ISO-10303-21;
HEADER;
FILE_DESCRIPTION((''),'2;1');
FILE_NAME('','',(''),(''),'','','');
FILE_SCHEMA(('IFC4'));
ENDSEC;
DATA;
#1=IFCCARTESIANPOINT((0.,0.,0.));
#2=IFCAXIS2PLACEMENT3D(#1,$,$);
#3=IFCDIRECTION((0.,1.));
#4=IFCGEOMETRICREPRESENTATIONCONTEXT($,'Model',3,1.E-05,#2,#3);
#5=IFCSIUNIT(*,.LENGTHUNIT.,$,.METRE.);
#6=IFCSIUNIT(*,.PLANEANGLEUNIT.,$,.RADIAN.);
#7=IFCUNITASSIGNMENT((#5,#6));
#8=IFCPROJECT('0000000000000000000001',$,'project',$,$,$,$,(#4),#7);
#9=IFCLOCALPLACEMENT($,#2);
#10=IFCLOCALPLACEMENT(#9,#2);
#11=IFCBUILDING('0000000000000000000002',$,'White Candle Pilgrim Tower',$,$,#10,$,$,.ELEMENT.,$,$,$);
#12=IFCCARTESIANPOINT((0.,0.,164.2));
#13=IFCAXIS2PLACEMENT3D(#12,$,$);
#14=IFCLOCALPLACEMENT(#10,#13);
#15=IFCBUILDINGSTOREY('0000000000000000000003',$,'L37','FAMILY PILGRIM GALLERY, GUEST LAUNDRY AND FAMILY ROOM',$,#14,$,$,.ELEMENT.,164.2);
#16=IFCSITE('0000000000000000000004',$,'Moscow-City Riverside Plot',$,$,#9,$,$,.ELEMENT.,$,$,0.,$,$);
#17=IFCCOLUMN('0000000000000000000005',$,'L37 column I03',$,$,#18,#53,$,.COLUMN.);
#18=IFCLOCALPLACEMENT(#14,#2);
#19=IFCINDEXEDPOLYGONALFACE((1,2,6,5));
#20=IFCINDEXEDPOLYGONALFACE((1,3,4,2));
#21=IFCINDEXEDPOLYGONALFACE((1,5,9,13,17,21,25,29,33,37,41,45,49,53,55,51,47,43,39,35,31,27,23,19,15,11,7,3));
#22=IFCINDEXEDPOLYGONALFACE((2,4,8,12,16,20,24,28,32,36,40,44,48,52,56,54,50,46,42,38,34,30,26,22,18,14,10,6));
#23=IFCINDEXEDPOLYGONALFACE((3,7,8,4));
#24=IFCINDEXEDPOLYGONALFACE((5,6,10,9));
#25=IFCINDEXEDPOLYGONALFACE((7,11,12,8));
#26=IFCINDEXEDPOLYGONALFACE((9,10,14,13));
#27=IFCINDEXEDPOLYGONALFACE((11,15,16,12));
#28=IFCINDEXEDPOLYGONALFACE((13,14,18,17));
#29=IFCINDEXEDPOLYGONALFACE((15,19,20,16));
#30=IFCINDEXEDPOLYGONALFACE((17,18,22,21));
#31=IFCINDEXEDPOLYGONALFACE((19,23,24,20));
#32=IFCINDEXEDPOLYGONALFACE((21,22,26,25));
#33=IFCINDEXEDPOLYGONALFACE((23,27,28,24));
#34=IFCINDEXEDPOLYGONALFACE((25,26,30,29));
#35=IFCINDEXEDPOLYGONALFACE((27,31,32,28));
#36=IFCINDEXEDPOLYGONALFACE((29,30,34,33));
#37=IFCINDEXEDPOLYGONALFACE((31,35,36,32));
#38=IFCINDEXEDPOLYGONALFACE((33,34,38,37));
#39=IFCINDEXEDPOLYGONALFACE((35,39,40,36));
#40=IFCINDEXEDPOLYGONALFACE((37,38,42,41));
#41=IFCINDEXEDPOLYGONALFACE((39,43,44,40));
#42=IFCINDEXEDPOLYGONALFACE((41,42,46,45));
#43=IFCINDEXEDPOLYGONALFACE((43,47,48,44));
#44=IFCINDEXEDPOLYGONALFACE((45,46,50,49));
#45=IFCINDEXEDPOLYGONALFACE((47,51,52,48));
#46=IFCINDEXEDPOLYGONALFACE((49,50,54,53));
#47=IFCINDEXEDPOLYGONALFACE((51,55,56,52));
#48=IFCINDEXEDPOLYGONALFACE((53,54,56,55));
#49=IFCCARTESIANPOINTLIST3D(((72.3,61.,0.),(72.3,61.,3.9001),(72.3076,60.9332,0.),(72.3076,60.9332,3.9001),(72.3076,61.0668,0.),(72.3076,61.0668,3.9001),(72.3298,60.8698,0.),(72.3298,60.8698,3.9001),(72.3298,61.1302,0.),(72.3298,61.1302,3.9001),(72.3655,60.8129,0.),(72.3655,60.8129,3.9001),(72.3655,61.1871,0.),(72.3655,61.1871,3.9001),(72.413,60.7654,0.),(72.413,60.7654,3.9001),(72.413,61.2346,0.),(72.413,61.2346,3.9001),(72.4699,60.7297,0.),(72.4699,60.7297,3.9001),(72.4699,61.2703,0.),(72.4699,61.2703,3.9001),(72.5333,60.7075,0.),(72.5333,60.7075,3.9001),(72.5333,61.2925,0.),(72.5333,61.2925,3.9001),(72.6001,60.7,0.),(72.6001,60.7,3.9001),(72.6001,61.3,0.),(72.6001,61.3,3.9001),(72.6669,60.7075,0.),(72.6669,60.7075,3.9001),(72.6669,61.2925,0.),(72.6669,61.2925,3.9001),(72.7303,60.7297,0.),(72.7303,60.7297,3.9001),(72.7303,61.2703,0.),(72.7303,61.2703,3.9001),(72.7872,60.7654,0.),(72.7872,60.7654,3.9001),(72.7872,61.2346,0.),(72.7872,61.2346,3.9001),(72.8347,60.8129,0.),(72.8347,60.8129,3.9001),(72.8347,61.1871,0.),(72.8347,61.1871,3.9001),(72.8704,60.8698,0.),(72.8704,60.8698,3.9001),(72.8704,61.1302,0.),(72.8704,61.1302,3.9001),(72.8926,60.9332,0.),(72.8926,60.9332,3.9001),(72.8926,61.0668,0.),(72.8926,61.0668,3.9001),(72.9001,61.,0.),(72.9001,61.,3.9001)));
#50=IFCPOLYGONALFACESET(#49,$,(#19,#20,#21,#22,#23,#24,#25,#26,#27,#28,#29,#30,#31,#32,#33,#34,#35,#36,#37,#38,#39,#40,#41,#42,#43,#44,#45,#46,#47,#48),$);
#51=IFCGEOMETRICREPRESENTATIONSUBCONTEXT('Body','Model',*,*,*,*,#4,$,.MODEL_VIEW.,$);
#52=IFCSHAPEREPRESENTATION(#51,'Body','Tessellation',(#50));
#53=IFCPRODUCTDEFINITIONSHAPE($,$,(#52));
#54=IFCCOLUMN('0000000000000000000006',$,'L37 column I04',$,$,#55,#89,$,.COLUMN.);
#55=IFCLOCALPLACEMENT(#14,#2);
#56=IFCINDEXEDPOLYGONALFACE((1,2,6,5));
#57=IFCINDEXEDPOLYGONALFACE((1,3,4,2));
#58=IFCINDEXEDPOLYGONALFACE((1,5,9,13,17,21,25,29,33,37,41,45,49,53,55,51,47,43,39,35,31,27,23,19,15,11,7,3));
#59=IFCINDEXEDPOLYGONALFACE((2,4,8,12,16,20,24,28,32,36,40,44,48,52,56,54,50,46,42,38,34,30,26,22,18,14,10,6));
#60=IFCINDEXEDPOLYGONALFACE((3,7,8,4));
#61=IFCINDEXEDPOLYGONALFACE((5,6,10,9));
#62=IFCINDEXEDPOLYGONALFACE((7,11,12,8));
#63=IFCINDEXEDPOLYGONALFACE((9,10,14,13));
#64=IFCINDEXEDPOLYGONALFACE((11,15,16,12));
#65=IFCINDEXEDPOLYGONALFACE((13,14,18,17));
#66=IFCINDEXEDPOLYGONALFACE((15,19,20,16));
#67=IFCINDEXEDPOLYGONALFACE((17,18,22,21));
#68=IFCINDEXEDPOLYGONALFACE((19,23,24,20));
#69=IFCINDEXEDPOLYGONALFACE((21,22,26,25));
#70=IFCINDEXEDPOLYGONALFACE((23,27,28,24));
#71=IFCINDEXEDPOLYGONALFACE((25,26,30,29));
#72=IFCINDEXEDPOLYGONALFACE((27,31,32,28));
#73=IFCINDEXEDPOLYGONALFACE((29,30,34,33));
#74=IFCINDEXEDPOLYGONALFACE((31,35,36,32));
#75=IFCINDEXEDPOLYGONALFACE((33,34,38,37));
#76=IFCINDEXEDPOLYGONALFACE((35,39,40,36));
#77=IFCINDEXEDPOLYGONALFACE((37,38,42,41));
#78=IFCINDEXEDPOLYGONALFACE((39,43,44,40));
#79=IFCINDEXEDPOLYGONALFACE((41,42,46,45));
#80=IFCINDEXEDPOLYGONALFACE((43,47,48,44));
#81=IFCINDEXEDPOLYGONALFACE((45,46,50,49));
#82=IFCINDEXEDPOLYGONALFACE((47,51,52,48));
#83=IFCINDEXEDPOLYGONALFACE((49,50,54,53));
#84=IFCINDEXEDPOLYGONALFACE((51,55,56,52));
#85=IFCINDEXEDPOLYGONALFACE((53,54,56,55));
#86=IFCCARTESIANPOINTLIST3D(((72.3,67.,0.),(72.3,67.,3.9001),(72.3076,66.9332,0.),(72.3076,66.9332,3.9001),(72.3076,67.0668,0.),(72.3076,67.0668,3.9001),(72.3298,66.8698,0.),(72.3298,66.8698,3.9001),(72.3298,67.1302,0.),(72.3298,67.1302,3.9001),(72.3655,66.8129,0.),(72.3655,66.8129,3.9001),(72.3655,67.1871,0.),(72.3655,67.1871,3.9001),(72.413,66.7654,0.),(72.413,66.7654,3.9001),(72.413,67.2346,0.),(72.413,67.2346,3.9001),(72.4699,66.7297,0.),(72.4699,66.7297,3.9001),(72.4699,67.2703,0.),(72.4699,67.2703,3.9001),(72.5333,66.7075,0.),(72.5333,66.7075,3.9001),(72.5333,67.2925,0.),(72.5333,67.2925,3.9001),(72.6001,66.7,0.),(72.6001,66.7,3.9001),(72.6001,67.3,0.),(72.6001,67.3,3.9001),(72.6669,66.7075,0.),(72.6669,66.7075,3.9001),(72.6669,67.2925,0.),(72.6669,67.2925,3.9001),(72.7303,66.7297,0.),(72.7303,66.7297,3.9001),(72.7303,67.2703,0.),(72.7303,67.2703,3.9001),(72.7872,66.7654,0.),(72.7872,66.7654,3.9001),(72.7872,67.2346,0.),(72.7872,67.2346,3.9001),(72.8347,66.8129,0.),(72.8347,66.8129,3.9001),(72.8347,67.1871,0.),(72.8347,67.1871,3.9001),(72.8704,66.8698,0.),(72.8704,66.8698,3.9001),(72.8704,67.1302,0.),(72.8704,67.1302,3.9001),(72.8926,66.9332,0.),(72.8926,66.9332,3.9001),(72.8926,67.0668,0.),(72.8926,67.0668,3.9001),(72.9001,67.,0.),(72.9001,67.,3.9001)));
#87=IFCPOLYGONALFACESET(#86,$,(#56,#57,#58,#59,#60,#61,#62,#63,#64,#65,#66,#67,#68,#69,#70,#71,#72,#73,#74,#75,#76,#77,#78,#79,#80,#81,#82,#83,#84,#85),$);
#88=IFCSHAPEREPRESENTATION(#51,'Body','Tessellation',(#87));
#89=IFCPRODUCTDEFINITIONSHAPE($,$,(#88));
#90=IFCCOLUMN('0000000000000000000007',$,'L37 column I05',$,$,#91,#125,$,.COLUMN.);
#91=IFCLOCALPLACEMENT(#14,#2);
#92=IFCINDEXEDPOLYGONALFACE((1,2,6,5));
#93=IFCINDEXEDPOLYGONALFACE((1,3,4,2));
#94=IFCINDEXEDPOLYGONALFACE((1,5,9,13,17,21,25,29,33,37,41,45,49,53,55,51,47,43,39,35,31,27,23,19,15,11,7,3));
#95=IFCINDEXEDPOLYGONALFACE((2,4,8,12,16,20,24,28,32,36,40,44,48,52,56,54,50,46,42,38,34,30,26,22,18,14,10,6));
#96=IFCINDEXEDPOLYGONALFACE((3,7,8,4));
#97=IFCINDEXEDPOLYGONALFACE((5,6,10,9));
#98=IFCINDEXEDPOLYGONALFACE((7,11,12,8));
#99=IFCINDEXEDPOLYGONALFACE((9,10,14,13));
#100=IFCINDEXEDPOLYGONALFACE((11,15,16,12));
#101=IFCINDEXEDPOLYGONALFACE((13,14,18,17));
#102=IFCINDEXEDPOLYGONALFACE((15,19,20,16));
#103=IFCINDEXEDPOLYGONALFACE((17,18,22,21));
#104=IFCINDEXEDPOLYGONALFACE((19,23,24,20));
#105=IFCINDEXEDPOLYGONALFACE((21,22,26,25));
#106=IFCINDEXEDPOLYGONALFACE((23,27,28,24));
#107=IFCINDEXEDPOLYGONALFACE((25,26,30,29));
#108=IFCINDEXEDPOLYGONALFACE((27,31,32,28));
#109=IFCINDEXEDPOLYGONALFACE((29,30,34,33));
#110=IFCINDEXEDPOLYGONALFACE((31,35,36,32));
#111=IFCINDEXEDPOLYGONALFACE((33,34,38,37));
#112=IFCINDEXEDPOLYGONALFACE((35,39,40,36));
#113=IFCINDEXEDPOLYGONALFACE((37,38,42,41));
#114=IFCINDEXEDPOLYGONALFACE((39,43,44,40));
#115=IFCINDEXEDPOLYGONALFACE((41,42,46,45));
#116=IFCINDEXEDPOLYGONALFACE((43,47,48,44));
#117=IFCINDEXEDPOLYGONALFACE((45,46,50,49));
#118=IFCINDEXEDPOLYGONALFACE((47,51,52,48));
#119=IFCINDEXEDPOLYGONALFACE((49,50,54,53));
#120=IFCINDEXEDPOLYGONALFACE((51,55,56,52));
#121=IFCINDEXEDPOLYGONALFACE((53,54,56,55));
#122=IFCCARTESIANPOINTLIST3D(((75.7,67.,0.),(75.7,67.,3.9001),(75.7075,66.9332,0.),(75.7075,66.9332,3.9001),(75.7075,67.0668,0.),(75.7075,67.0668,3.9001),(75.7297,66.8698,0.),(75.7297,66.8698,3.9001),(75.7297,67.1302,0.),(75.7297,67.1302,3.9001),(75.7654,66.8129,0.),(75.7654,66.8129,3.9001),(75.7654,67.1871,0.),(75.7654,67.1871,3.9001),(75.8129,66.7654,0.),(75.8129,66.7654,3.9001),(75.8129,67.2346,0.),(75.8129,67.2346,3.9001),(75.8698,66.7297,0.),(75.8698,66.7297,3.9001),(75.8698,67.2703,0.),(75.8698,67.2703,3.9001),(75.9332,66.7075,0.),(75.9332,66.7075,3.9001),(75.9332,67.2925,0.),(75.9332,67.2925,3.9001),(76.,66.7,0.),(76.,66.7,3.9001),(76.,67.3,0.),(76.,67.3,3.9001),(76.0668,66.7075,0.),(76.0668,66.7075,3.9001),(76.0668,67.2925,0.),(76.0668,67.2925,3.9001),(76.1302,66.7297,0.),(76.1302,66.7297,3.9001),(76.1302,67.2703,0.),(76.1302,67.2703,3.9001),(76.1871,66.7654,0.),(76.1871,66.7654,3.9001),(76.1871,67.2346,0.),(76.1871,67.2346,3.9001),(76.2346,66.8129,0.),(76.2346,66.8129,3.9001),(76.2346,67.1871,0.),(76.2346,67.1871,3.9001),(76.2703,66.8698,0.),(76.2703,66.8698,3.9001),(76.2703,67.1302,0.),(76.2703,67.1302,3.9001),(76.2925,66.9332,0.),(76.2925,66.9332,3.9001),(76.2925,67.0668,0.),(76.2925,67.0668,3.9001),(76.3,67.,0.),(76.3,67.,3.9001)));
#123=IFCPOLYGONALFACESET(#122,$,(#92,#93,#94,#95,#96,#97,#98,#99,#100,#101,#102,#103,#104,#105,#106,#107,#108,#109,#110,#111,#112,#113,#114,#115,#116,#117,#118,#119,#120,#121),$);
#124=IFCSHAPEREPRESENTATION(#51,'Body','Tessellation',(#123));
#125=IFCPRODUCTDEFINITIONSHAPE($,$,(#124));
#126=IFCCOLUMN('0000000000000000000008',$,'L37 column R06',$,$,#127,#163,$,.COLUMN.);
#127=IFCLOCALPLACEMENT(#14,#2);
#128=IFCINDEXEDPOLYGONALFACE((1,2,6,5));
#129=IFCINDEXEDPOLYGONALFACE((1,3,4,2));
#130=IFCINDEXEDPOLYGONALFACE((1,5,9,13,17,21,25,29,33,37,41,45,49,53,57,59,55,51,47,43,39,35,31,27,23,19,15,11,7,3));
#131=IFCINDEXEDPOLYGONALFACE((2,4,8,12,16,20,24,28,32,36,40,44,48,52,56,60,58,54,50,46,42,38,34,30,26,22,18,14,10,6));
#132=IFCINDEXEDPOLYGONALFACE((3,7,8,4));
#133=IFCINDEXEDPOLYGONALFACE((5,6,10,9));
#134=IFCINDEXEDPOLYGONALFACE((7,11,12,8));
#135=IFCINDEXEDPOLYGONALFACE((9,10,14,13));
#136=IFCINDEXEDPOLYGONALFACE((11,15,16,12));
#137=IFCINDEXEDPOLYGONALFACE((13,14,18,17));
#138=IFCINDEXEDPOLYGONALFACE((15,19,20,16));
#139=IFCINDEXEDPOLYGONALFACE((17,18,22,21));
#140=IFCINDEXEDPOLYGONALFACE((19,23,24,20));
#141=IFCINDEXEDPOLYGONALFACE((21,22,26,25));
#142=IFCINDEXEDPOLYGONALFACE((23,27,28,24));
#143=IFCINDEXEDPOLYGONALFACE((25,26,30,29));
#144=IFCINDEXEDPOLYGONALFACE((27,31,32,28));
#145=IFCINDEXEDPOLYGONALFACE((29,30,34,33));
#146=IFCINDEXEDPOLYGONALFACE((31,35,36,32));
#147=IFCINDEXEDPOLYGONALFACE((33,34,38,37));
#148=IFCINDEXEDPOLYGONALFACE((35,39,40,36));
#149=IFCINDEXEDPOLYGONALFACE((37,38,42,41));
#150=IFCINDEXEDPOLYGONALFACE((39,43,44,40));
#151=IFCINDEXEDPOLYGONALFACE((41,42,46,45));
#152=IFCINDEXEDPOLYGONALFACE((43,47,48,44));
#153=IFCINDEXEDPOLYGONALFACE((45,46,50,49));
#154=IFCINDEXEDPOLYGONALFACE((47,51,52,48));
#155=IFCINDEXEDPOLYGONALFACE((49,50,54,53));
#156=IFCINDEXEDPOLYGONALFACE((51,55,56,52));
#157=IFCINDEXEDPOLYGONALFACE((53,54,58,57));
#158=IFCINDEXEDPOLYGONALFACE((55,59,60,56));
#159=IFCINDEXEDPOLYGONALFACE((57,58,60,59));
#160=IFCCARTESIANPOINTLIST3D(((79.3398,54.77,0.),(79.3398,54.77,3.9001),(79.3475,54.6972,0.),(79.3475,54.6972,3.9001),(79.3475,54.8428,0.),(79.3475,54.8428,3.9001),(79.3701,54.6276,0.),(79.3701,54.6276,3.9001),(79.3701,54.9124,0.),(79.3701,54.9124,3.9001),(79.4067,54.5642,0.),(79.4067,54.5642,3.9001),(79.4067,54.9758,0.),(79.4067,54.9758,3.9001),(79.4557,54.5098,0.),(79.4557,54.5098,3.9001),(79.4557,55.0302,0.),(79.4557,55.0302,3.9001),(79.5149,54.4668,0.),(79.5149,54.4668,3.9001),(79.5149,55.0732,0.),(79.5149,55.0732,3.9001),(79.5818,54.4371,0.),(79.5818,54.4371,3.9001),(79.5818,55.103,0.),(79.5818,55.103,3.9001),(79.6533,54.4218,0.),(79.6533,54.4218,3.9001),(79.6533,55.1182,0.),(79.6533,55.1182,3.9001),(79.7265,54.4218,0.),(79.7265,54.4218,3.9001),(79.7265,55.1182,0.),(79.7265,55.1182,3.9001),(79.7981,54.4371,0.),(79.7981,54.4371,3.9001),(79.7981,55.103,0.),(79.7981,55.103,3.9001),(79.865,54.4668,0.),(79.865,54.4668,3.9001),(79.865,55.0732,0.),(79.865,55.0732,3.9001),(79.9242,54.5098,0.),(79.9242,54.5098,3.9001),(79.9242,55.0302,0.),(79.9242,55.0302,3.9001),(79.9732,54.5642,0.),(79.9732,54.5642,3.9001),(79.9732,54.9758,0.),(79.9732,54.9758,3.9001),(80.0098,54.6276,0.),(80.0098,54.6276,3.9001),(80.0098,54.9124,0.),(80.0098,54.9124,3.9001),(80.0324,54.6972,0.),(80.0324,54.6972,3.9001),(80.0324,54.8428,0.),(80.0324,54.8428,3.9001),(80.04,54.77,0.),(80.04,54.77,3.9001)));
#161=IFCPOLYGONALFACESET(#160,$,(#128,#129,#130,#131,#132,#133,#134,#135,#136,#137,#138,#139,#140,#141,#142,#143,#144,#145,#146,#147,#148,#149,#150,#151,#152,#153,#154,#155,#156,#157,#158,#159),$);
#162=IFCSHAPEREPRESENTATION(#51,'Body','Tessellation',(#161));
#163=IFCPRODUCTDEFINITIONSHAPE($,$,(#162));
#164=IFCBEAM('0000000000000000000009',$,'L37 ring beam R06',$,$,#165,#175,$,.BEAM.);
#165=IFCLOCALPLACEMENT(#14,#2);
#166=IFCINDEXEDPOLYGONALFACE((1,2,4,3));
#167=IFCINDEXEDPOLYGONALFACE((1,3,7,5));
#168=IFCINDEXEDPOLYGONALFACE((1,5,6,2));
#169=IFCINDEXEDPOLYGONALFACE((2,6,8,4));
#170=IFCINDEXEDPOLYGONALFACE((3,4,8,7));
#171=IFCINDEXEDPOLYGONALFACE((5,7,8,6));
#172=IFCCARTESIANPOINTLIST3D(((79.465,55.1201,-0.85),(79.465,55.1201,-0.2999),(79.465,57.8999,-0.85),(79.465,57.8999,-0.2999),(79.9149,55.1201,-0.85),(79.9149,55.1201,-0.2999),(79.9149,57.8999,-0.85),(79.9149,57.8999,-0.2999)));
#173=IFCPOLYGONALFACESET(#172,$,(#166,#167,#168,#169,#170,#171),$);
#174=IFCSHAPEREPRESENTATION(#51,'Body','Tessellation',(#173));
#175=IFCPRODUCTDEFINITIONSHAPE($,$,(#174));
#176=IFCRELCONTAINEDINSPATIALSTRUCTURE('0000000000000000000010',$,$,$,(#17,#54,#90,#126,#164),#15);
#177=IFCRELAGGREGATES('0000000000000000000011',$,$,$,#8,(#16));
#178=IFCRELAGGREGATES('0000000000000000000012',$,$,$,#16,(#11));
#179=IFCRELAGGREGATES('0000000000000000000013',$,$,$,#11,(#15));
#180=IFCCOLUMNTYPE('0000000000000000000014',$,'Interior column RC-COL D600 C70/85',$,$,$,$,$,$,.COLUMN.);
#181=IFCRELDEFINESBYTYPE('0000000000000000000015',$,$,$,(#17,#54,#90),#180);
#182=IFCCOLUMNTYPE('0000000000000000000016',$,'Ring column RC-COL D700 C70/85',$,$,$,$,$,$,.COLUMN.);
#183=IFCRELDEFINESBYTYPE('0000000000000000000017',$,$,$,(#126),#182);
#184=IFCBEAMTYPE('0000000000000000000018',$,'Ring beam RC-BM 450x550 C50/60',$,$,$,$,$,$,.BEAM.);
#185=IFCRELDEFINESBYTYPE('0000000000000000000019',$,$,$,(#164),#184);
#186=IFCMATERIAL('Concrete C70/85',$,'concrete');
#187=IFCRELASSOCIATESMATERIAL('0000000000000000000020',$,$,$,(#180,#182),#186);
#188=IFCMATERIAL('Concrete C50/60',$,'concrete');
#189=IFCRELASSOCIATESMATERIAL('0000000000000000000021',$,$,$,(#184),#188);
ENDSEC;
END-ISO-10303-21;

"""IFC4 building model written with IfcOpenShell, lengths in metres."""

from ifc_helpers import new_model, si_unit, direction, frame, origin, origin_2d, place, context, subcontext, project, spatial, rectangle, circle, extrude, material, material_profile, profile_set, type_object, element, save


model = new_model("IFC4")

# Units and contexts
model_context = context("Model", 3, precision=1e-05, world=origin(), true_north=direction((0.0, 1.0)))
body_context = subcontext(model_context, "Body", "Model", "MODEL_VIEW")
ifc_project = project(units=[si_unit("LENGTHUNIT", "METRE"), si_unit("PLANEANGLEUNIT", "RADIAN")], contexts=[model_context])

# Site, building, storey
site_placement = place(None, origin())
site = spatial("IfcSite", under=ifc_project, at=site_placement, Name="Moscow-City Riverside Plot", CompositionType="ELEMENT", RefElevation=0.0)
building_placement = place(site_placement, origin())
building = spatial("IfcBuilding", under=site, at=building_placement, Name="White Candle Pilgrim Tower", CompositionType="ELEMENT")
storey_placement = place(building_placement, frame((0.0, 0.0, 164.2)))
storey = spatial("IfcBuildingStorey", under=building, at=storey_placement, Name="L37", Description="FAMILY PILGRIM GALLERY, GUEST LAUNDRY AND FAMILY ROOM", CompositionType="ELEMENT", Elevation=164.2)

# Columns
ifc_material_1 = material(Name="Concrete C70/85", Category="concrete")
ifc_material_profile_1 = material_profile(ifc_material_1, circle(Radius=0.3, at=origin_2d()), Name="RC-COL D600")
ifc_profile_set_1 = profile_set([ifc_material_profile_1], Name="Concrete C70/85")
column_type_1 = type_object("IfcColumnType", Name="Interior column RC-COL D600 C70/85", PredefinedType="COLUMN", material=ifc_profile_set_1)
for number, where, z_axis, x_axis, name in (
    (1, (72.6001, 61.0, 0.0), (0.0, 0.0, 1.0), (1.0, 0.0, 0.0), "L37 column I03"),
    (2, (72.6001, 67.0, 0.0), (0.0, 0.0, 1.0), (1.0, 0.0, 0.0), "L37 column I04"),
    (3, (76.0, 67.0, 0.0), (0.0, 0.0, 1.0), (1.0, 0.0, 0.0), "L37 column I05"),
):
    element("IfcColumn", number, at=place(storey_placement, frame(where, z_axis=z_axis, x_axis=x_axis)), inside=storey, type_object=column_type_1, Name=name, PredefinedType="COLUMN", context=body_context, shape_type="SweptSolid", body=[
        extrude(circle(Radius=0.3, at=origin_2d()), origin(), (0.0, 0.0, 1.0), 3.9001),
    ])
ifc_material_profile_2 = material_profile(ifc_material_1, circle(Radius=0.3501, at=origin_2d()), Name="RC-COL D700")
ifc_profile_set_2 = profile_set([ifc_material_profile_2], Name="Concrete C70/85")
column_type_2 = type_object("IfcColumnType", Name="Ring column RC-COL D700 C70/85", PredefinedType="COLUMN", material=ifc_profile_set_2)
column_placement = place(storey_placement, frame((79.6899, 54.77, 0.0), z_axis=(0.0, 0.0, 1.0), x_axis=(1.0, 0.0, 0.0)))
element("IfcColumn", 4, at=column_placement, inside=storey, type_object=column_type_2, Name="L37 column R06", PredefinedType="COLUMN", context=body_context, shape_type="SweptSolid", body=[
    extrude(circle(Radius=0.3501, at=origin_2d()), origin(), (0.0, 0.0, 1.0), 3.9001),
])

# Beam
ifc_material_2 = material(Name="Concrete C50/60", Category="concrete")
ifc_material_profile_3 = material_profile(ifc_material_2, rectangle(XDim=0.45, YDim=0.55, at=origin_2d()), Name="RC-BM 450x550")
ifc_profile_set_3 = profile_set([ifc_material_profile_3], Name="Concrete C50/60")
beam_type = type_object("IfcBeamType", Name="Ring beam RC-BM 450x550 C50/60", PredefinedType="BEAM", material=ifc_profile_set_3)
beam_placement = place(storey_placement, frame((79.6899, 55.1201, -0.575), z_axis=(0.0, 1.0, 0.0), x_axis=(-1.0, 0.0, 0.0)))
element("IfcBeam", 5, at=beam_placement, inside=storey, type_object=beam_type, Name="L37 ring beam R06", PredefinedType="BEAM", context=body_context, shape_type="SweptSolid", body=[
    extrude(rectangle(XDim=0.45, YDim=0.55, at=origin_2d()), origin(), (0.0, 0.0, 1.0), 2.7798),
])

save(model, "model.ifc")
